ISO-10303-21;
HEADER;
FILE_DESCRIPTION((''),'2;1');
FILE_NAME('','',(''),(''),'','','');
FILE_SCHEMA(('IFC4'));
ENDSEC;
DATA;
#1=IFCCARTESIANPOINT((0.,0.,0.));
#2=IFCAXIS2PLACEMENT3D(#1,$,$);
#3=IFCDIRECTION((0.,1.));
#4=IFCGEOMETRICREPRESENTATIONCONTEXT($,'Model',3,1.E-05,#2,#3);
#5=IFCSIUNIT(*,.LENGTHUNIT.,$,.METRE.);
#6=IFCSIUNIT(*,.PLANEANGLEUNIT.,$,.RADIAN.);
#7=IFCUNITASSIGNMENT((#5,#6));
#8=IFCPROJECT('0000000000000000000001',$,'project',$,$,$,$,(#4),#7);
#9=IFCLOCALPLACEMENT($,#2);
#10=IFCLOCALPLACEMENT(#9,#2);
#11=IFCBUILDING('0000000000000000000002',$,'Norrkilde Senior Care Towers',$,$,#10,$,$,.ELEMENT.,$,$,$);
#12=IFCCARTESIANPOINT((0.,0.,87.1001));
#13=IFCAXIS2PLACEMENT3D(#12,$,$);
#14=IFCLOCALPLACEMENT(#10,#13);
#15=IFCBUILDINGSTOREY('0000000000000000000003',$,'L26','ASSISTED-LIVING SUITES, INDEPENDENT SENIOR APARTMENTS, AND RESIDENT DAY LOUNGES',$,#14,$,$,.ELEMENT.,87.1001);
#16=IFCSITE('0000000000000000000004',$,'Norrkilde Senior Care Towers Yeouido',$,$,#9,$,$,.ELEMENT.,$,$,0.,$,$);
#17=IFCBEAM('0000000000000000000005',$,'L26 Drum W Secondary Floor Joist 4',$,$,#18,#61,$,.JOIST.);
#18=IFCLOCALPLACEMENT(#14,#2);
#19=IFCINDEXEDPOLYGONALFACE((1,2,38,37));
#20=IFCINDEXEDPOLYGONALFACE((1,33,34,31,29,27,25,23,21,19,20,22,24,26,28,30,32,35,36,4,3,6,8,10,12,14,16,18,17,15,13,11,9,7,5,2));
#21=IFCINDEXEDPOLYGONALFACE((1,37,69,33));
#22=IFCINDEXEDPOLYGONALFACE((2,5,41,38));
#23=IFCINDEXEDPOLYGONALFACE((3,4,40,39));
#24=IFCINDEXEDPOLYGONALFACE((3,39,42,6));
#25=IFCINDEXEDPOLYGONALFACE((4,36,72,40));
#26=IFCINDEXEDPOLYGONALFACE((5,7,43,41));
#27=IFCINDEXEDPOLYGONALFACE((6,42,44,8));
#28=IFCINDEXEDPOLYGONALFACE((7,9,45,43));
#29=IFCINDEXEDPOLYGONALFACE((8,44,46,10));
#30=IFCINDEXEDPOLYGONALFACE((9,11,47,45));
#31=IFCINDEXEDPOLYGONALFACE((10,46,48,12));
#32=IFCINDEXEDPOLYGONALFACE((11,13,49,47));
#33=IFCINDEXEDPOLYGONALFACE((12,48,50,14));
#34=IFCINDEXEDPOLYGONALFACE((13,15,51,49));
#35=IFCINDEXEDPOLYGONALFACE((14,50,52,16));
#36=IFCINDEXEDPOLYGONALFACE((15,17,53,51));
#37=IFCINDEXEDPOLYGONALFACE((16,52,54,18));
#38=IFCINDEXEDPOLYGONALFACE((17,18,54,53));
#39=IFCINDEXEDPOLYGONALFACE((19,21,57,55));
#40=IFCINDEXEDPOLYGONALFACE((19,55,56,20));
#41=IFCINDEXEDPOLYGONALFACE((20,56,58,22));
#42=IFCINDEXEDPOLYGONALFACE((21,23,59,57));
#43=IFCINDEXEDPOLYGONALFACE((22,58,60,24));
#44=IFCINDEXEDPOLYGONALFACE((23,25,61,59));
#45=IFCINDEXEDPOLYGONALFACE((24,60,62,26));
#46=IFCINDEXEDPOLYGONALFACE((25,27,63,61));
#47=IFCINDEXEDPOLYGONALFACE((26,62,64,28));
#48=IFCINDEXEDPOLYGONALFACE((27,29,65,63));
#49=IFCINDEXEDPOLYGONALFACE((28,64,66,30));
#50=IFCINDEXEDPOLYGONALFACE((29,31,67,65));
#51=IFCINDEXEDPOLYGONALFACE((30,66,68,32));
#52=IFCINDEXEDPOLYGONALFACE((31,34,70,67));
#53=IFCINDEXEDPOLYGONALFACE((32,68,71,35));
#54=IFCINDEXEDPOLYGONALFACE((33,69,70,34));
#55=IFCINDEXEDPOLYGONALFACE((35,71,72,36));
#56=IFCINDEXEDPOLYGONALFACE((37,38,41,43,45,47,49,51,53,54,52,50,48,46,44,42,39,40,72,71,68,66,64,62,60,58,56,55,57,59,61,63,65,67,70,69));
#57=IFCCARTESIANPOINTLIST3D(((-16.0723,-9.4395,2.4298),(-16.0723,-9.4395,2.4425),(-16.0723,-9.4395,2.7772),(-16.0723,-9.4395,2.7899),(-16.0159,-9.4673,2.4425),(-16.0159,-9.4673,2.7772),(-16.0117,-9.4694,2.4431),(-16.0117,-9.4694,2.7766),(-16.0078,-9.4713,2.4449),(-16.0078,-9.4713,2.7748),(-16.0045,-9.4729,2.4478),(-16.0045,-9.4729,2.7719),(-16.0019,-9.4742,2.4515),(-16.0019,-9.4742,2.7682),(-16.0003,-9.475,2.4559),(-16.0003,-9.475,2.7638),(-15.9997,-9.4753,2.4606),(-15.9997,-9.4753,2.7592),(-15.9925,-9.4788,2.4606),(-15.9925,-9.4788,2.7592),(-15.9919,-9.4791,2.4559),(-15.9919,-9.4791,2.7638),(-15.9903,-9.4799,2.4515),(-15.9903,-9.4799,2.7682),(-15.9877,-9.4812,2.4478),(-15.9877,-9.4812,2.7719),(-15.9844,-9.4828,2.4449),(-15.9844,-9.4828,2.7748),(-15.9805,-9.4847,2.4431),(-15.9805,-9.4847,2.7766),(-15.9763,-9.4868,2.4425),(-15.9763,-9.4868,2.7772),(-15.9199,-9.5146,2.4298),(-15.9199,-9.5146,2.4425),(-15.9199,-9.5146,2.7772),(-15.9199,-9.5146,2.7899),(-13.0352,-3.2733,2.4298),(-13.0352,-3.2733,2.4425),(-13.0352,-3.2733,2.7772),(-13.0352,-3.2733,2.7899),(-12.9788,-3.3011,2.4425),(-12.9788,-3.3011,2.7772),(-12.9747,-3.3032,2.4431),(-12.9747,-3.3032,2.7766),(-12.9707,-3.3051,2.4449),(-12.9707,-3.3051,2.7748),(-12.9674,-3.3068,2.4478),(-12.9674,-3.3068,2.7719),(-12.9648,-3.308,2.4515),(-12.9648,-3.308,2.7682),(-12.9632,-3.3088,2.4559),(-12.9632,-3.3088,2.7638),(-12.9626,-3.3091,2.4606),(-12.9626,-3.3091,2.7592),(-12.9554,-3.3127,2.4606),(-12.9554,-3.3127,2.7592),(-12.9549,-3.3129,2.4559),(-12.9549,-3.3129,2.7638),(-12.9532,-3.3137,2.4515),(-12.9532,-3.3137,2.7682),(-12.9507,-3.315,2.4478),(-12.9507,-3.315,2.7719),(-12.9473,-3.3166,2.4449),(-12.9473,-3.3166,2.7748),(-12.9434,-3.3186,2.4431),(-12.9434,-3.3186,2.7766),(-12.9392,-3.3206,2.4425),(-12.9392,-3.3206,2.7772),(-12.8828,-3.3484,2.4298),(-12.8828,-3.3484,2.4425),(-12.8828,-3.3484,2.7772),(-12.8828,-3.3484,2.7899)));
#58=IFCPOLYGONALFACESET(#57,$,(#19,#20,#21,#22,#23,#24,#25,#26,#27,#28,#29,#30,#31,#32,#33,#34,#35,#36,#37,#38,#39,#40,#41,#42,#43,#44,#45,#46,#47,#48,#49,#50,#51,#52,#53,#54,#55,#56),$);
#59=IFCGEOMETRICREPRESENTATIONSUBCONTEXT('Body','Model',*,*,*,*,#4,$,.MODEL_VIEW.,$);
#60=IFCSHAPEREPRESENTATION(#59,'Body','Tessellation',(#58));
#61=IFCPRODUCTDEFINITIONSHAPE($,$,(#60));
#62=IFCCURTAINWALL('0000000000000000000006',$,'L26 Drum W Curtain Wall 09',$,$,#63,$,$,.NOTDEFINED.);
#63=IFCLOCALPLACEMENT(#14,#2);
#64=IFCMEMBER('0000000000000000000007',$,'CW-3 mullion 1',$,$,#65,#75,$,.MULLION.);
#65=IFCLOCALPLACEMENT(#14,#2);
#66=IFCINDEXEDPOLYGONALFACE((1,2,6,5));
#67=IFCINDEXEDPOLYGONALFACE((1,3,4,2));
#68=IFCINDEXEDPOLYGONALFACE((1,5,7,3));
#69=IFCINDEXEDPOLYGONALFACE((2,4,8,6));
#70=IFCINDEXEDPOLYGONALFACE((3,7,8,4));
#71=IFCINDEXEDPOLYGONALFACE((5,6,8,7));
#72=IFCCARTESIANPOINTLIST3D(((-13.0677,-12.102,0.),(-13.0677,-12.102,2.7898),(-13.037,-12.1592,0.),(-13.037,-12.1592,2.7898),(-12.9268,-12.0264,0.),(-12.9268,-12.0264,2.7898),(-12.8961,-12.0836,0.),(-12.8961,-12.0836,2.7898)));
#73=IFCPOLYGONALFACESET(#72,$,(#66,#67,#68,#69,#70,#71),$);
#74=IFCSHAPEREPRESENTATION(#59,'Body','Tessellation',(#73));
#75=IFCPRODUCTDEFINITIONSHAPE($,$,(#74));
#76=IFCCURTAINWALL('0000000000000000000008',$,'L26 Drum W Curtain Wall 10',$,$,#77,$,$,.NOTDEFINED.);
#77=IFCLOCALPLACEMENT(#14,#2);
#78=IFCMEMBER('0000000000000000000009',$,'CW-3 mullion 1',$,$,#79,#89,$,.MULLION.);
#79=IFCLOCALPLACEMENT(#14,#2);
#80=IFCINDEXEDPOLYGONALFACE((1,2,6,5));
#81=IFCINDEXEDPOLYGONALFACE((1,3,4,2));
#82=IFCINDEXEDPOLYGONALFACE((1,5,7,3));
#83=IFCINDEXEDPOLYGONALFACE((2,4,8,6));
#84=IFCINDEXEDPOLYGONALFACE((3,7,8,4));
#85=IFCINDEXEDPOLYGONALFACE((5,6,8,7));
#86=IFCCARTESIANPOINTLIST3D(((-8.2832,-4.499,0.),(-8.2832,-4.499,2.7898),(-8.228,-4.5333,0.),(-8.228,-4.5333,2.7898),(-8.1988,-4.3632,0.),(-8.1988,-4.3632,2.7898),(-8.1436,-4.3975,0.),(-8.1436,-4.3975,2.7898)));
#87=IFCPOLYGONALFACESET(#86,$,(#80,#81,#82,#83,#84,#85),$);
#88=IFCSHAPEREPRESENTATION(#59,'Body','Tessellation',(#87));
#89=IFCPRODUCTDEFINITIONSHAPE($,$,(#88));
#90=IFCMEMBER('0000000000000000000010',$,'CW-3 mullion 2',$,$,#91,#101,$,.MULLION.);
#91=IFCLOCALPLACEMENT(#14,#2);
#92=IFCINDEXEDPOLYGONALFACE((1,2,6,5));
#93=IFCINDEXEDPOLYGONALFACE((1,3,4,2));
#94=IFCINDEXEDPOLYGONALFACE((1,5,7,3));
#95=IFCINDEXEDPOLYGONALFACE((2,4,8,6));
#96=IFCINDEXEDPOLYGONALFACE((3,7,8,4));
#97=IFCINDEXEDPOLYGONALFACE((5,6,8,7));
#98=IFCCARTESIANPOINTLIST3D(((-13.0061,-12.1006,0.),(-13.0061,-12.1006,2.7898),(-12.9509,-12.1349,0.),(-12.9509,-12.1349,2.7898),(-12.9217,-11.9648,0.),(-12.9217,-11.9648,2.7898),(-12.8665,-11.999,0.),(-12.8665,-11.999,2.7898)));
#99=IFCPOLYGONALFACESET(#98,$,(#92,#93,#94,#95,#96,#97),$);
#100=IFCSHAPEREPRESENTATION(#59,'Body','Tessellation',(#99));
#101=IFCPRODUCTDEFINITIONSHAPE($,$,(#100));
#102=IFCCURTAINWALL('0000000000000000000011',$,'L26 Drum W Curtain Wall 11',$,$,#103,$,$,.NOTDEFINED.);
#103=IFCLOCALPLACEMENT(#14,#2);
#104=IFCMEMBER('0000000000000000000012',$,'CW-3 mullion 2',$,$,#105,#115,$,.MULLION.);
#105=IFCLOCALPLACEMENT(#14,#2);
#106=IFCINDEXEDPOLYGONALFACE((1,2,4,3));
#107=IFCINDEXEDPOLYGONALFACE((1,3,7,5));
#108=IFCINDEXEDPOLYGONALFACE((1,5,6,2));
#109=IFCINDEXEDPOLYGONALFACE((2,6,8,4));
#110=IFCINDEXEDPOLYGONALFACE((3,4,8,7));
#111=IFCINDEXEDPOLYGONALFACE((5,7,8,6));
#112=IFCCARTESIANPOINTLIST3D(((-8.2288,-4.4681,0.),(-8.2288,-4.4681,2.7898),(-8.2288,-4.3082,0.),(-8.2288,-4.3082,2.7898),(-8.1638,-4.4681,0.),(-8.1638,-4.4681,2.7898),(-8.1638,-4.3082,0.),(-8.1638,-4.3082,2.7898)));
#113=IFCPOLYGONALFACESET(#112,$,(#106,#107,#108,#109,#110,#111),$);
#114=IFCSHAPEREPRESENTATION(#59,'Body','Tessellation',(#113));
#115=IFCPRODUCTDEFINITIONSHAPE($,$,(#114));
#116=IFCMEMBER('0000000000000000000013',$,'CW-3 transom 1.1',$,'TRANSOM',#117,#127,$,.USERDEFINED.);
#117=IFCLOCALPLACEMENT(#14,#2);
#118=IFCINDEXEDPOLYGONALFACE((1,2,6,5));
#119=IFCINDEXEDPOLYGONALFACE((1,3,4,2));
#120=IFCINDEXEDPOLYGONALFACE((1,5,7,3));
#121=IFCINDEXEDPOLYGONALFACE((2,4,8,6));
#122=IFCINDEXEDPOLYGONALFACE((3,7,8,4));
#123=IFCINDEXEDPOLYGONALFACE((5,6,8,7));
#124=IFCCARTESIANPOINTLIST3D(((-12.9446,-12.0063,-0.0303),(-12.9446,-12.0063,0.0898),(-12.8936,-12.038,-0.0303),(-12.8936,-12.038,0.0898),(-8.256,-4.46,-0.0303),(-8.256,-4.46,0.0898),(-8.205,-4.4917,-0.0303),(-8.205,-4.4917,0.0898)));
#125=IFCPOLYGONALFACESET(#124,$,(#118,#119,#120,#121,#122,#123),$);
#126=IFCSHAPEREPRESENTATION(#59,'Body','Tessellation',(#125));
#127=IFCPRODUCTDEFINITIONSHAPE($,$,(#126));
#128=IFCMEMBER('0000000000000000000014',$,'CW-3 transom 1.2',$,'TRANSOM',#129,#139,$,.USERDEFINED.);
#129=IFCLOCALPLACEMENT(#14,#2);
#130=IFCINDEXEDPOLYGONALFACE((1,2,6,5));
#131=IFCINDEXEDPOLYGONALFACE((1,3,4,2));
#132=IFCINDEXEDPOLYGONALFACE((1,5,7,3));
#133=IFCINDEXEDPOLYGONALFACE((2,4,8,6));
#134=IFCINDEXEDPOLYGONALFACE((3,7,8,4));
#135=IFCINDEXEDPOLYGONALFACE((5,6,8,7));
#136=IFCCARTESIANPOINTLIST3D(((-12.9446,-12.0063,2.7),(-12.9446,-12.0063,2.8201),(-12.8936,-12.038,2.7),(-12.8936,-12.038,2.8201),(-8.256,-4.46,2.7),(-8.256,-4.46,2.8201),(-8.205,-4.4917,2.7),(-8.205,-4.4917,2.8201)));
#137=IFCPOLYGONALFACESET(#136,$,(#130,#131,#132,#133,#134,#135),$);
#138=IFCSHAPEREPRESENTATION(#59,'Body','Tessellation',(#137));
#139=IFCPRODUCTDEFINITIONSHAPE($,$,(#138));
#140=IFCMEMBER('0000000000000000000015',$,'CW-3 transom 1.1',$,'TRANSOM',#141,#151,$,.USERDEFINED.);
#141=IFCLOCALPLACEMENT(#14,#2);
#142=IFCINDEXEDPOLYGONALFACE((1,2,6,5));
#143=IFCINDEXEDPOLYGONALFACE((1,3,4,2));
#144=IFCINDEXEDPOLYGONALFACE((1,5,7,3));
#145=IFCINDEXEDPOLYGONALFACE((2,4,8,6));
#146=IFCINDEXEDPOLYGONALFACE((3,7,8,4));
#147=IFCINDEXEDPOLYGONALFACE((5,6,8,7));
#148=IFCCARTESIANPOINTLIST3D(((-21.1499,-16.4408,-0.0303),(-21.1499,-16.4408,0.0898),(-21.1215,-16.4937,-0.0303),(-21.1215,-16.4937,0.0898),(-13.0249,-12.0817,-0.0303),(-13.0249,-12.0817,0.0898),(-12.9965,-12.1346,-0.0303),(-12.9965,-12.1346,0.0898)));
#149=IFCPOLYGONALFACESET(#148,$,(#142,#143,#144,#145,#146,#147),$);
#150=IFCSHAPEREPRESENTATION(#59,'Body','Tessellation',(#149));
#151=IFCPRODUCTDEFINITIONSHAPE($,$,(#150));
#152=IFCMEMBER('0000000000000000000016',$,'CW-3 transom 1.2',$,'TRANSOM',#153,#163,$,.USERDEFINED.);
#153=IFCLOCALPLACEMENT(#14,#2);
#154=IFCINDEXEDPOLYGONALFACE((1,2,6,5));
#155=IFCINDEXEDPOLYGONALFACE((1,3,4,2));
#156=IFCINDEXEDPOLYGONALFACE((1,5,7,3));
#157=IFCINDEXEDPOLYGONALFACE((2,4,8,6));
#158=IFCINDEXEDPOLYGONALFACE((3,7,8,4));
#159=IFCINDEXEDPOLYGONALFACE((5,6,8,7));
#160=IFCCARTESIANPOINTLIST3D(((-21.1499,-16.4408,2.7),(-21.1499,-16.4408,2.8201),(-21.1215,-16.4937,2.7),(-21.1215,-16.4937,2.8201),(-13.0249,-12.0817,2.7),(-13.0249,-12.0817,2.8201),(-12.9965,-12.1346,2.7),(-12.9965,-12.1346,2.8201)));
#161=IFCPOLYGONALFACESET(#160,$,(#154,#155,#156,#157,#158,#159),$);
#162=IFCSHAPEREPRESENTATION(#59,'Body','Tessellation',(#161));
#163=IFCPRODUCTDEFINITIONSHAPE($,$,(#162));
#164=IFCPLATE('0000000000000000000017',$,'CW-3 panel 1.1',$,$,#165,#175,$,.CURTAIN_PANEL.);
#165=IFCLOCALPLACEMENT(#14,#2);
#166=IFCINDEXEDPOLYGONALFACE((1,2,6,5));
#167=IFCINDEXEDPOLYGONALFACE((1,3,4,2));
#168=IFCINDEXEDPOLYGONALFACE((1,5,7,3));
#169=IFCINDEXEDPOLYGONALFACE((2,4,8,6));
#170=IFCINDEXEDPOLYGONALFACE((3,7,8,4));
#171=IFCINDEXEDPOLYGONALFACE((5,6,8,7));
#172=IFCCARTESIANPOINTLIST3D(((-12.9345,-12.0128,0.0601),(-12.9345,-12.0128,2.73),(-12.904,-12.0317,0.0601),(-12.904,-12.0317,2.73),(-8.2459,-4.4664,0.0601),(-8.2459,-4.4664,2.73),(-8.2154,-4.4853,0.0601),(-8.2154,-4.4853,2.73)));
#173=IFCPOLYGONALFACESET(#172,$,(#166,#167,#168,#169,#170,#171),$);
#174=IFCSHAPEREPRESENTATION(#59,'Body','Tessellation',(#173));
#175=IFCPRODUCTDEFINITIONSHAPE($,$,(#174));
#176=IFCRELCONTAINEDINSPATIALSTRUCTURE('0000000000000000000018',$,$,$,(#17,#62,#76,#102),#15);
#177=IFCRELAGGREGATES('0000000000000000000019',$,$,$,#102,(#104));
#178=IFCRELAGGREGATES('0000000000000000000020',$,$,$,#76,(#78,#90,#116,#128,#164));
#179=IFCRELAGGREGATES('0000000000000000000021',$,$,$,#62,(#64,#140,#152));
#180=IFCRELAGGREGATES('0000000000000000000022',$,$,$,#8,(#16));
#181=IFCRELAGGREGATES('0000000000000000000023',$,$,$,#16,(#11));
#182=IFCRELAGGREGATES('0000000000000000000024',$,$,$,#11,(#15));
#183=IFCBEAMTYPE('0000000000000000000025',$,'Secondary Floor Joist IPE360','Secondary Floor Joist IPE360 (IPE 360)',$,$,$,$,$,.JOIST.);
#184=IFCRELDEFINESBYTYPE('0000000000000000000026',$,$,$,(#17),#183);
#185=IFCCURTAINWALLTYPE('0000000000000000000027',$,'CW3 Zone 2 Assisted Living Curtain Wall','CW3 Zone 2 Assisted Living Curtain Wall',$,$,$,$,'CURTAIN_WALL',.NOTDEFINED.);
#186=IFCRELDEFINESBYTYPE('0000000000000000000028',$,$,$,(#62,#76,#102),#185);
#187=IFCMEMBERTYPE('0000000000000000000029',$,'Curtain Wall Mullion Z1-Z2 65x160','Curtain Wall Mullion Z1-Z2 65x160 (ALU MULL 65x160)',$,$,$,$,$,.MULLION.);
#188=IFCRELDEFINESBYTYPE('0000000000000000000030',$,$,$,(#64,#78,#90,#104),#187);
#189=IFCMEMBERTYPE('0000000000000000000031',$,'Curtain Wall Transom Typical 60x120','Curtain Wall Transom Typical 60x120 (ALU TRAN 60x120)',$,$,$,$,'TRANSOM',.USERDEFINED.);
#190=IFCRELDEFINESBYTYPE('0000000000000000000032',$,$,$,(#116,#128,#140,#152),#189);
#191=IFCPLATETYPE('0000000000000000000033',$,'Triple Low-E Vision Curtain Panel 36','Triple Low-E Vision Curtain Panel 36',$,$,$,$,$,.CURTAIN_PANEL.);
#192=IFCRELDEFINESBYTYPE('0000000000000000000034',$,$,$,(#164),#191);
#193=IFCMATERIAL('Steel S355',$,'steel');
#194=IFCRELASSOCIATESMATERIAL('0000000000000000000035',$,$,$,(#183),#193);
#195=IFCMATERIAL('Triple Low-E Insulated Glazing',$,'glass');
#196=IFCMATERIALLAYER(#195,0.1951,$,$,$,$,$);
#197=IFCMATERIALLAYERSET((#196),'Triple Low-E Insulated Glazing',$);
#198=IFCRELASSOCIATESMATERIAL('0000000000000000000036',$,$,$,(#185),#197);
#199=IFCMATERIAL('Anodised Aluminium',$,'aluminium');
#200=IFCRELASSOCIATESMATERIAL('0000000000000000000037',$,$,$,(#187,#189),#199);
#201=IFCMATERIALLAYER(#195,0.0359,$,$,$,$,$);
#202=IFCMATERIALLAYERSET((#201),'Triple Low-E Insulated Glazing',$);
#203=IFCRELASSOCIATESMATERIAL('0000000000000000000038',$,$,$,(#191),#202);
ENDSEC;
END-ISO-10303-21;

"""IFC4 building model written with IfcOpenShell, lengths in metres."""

from ifc_helpers import new_model, si_unit, direction, frame, origin, origin_2d, place, context, subcontext, project, spatial, rectangle, i_section, extrude, source, transform, mapped, material, layer, layer_set, material_profile, profile_set, type_object, type_shapes, element, aggregate, save


model = new_model("IFC4")

# Units and contexts
model_context = context("Model", 3, precision=1e-05, world=origin(), true_north=direction((0.0, 1.0)))
body_context = subcontext(model_context, "Body", "Model", "MODEL_VIEW")
ifc_project = project(units=[si_unit("LENGTHUNIT", "METRE"), si_unit("PLANEANGLEUNIT", "RADIAN")], contexts=[model_context])

# Site, building, storey
site_placement = place(None, origin())
site = spatial("IfcSite", under=ifc_project, at=site_placement, Name="Norrkilde Senior Care Towers Yeouido", CompositionType="ELEMENT", RefElevation=0.0)
building_placement = place(site_placement, origin())
building = spatial("IfcBuilding", under=site, at=building_placement, Name="Norrkilde Senior Care Towers", CompositionType="ELEMENT")
storey_placement = place(building_placement, frame((0.0, 0.0, 87.1001)))
storey = spatial("IfcBuildingStorey", under=building, at=storey_placement, Name="L26", Description="ASSISTED-LIVING SUITES, INDEPENDENT SENIOR APARTMENTS, AND RESIDENT DAY LOUNGES", CompositionType="ELEMENT", Elevation=87.1001)

# Beam
ifc_material_1 = material(Name="Steel S355", Category="steel")
ifc_material_profile_1 = material_profile(ifc_material_1, i_section(OverallWidth=0.1699, OverallDepth=0.3601, WebThickness=0.0081, FlangeThickness=0.0127, FilletRadius=0.0181, at=origin_2d()), Name="IPE 360")
ifc_profile_set_1 = profile_set([ifc_material_profile_1], Name="Steel S355")
beam_type_1 = type_object("IfcBeamType", Name="Secondary Floor Joist IPE360", Description="Secondary Floor Joist IPE360 (IPE 360)", PredefinedType="JOIST", material=ifc_profile_set_1)
shared_shape_1 = source(origin(), body_context, "Body", "SweptSolid", [
    extrude(i_section(OverallWidth=0.1699, OverallDepth=0.3601, WebThickness=0.0081, FlangeThickness=0.0127, FilletRadius=0.0181, at=origin_2d()), origin(), (0.0, 0.0, 1.0), 6.8735),
])
type_shapes(beam_type_1, [shared_shape_1])
beam_1_placement = place(storey_placement, frame((-15.9961, -9.4771, 2.6099), z_axis=(0.441849, 0.897089, 0.0), x_axis=(-0.897089, 0.441849, 0.0)))
element("IfcBeam", 1, at=beam_1_placement, inside=storey, type_object=beam_type_1, Name="L26 Drum W Secondary Floor Joist 4", PredefinedType="JOIST", context=body_context, shape_type="MappedRepresentation", body=[
    mapped(shared_shape_1, transform((0.0, 0.0, 0.0), x_axis=(1.0, 0.0, 0.0), y_axis=(0.0, 1.0, 0.0), z_axis=(0.0, 0.0, 1.0), scale=1.0)),
])

# Curtain wall, member
ifc_material_2 = material(Name="Triple Low-E Insulated Glazing", Category="glass")
ifc_layer_1 = layer(ifc_material_2, 0.1951)
ifc_layer_set_1 = layer_set([ifc_layer_1], Name="Triple Low-E Insulated Glazing")
curtain_wall_type = type_object("IfcCurtainWallType", Name="CW3 Zone 2 Assisted Living Curtain Wall", Description="CW3 Zone 2 Assisted Living Curtain Wall", ElementType="CURTAIN_WALL", PredefinedType="NOTDEFINED", material=ifc_layer_set_1)
curtain_wall_1_placement = place(storey_placement, origin())
curtain_wall_1 = element("IfcCurtainWall", 2, at=curtain_wall_1_placement, inside=storey, type_object=curtain_wall_type, Name="L26 Drum W Curtain Wall 09", PredefinedType="NOTDEFINED")
ifc_material_3 = material(Name="Anodised Aluminium", Category="aluminium")
ifc_material_profile_2 = material_profile(ifc_material_3, rectangle(XDim=0.0649, YDim=0.1599, at=origin_2d()), Name="ALU MULL 65x160")
ifc_profile_set_2 = profile_set([ifc_material_profile_2], Name="Anodised Aluminium")
member_type_1 = type_object("IfcMemberType", Name="Curtain Wall Mullion Z1-Z2 65x160", Description="Curtain Wall Mullion Z1-Z2 65x160 (ALU MULL 65x160)", PredefinedType="MULLION", material=ifc_profile_set_2)
shared_shape_2 = source(origin(), body_context, "Body", "SweptSolid", [
    extrude(rectangle(XDim=0.0649, YDim=0.1599, at=origin_2d()), origin(), (0.0, 0.0, 1.0), 2.7898),
])
type_shapes(member_type_1, [shared_shape_2])
member_1_placement = place(storey_placement, frame((-12.9819, -12.0928, 0.0), z_axis=(0.0, 0.0, 1.0), x_axis=(0.472769, -0.881186, 0.0)))
member_1 = element("IfcMember", 3, at=member_1_placement, type_object=member_type_1, Name="CW-3 mullion 1", PredefinedType="MULLION", context=body_context, shape_type="MappedRepresentation", body=[
    mapped(shared_shape_2, transform((0.0, 0.0, 0.0), x_axis=(1.0, 0.0, 0.0), y_axis=(0.0, 1.0, 0.0), z_axis=(0.0, 0.0, 1.0), scale=1.0)),
])

# Curtain wall, members
curtain_wall_2_placement = place(storey_placement, origin())
curtain_wall_2 = element("IfcCurtainWall", 4, at=curtain_wall_2_placement, inside=storey, type_object=curtain_wall_type, Name="L26 Drum W Curtain Wall 10", PredefinedType="NOTDEFINED")
member_2_placement = place(storey_placement, frame((-8.2134, -4.4482, 0.0), z_axis=(0.0, 0.0, 1.0), x_axis=(0.84941, -0.527733, 0.0)))
member_2 = element("IfcMember", 5, at=member_2_placement, type_object=member_type_1, Name="CW-3 mullion 1", PredefinedType="MULLION", context=body_context, shape_type="MappedRepresentation", body=[
    mapped(shared_shape_2, transform((0.0, 0.0, 0.0), x_axis=(1.0, 0.0, 0.0), y_axis=(0.0, 1.0, 0.0), z_axis=(0.0, 0.0, 1.0), scale=1.0)),
])
member_3_placement = place(storey_placement, frame((-12.9363, -12.0498, 0.0), z_axis=(0.0, 0.0, 1.0), x_axis=(0.84941, -0.527733, 0.0)))
member_3 = element("IfcMember", 6, at=member_3_placement, type_object=member_type_1, Name="CW-3 mullion 2", PredefinedType="MULLION", context=body_context, shape_type="MappedRepresentation", body=[
    mapped(shared_shape_2, transform((0.0, 0.0, 0.0), x_axis=(1.0, 0.0, 0.0), y_axis=(0.0, 1.0, 0.0), z_axis=(0.0, 0.0, 1.0), scale=1.0)),
])

# Curtain wall, member
curtain_wall_3_placement = place(storey_placement, origin())
curtain_wall_3 = element("IfcCurtainWall", 7, at=curtain_wall_3_placement, inside=storey, type_object=curtain_wall_type, Name="L26 Drum W Curtain Wall 11", PredefinedType="NOTDEFINED")
member_4_placement = place(storey_placement, frame((-8.1963, -4.3882, 0.0), z_axis=(0.0, 0.0, 1.0), x_axis=(1.0, 0.0, 0.0)))
member_4 = element("IfcMember", 8, at=member_4_placement, type_object=member_type_1, Name="CW-3 mullion 2", PredefinedType="MULLION", context=body_context, shape_type="MappedRepresentation", body=[
    mapped(shared_shape_2, transform((0.0, 0.0, 0.0), x_axis=(1.0, 0.0, 0.0), y_axis=(0.0, 1.0, 0.0), z_axis=(0.0, 0.0, 1.0), scale=1.0)),
])
aggregate(curtain_wall_3, [member_4])

# Members
ifc_material_profile_3 = material_profile(ifc_material_3, rectangle(XDim=0.0601, YDim=0.1201, at=origin_2d()), Name="ALU TRAN 60x120")
ifc_profile_set_3 = profile_set([ifc_material_profile_3], Name="Anodised Aluminium")
member_type_2 = type_object("IfcMemberType", Name="Curtain Wall Transom Typical 60x120", Description="Curtain Wall Transom Typical 60x120 (ALU TRAN 60x120)", ElementType="TRANSOM", PredefinedType="USERDEFINED", material=ifc_profile_set_3)
shared_shape_3 = source(origin(), body_context, "Body", "SweptSolid", [
    extrude(rectangle(XDim=0.0601, YDim=0.1201, at=origin_2d()), origin(), (0.0, 0.0, 1.0), 8.8843),
])
member_5_placement = place(storey_placement, frame((-8.2305, -4.4758, 0.0298), z_axis=(-0.527749, -0.8494, 0.0), x_axis=(0.8494, -0.527749, 0.0)))
member_5 = element("IfcMember", 9, at=member_5_placement, type_object=member_type_2, Name="CW-3 transom 1.1", ObjectType="TRANSOM", PredefinedType="USERDEFINED", context=body_context, shape_type="MappedRepresentation", body=[
    mapped(shared_shape_3, transform((0.0, 0.0, 0.0), x_axis=(1.0, 0.0, 0.0), y_axis=(0.0, 1.0, 0.0), z_axis=(0.0, 0.0, 1.0), scale=1.0)),
])
member_6_placement = place(storey_placement, frame((-8.2305, -4.4758, 2.76), z_axis=(-0.527749, -0.8494, 0.0), x_axis=(0.8494, -0.527749, 0.0)))
member_6 = element("IfcMember", 10, at=member_6_placement, type_object=member_type_2, Name="CW-3 transom 1.2", ObjectType="TRANSOM", PredefinedType="USERDEFINED", context=body_context, shape_type="MappedRepresentation", body=[
    mapped(shared_shape_3, transform((0.0, 0.0, 0.0), x_axis=(1.0, 0.0, 0.0), y_axis=(0.0, 1.0, 0.0), z_axis=(0.0, 0.0, 1.0), scale=1.0)),
])
shared_shape_4 = source(origin(), body_context, "Body", "SweptSolid", [
    extrude(rectangle(XDim=0.0601, YDim=0.1201, at=origin_2d()), origin(), (0.0, 0.0, 1.0), 9.2205),
])
type_shapes(member_type_2, [shared_shape_3, shared_shape_4])
member_7_placement = place(storey_placement, frame((-13.0107, -12.1082, 0.0298), z_axis=(-0.881189, -0.472765, 0.0), x_axis=(0.472765, -0.881189, 0.0)))
member_7 = element("IfcMember", 11, at=member_7_placement, type_object=member_type_2, Name="CW-3 transom 1.1", ObjectType="TRANSOM", PredefinedType="USERDEFINED", context=body_context, shape_type="MappedRepresentation", body=[
    mapped(shared_shape_4, transform((0.0, 0.0, 0.0), x_axis=(1.0, 0.0, 0.0), y_axis=(0.0, 1.0, 0.0), z_axis=(0.0, 0.0, 1.0), scale=1.0)),
])
member_8_placement = place(storey_placement, frame((-13.0107, -12.1082, 2.76), z_axis=(-0.881189, -0.472765, 0.0), x_axis=(0.472765, -0.881189, 0.0)))
member_8 = element("IfcMember", 12, at=member_8_placement, type_object=member_type_2, Name="CW-3 transom 1.2", ObjectType="TRANSOM", PredefinedType="USERDEFINED", context=body_context, shape_type="MappedRepresentation", body=[
    mapped(shared_shape_4, transform((0.0, 0.0, 0.0), x_axis=(1.0, 0.0, 0.0), y_axis=(0.0, 1.0, 0.0), z_axis=(0.0, 0.0, 1.0), scale=1.0)),
])

# Plate
ifc_layer_2 = layer(ifc_material_2, 0.0359)
ifc_layer_set_2 = layer_set([ifc_layer_2], Name="Triple Low-E Insulated Glazing")
plate_type = type_object("IfcPlateType", Name="Triple Low-E Vision Curtain Panel 36", Description="Triple Low-E Vision Curtain Panel 36", PredefinedType="CURTAIN_PANEL", material=ifc_layer_set_2)
shared_shape_5 = source(origin(), body_context, "Body", "SweptSolid", [
    extrude(rectangle(XDim=8.8843, YDim=0.0359, at=origin_2d()), origin(), (0.0, 0.0, 1.0), 2.6699),
])
plate_1_placement = place(storey_placement, frame((-10.575, -8.249, 0.0601), z_axis=(0.0, 0.0, 1.0), x_axis=(-0.527733, -0.84941, 0.0)))
plate_1 = element("IfcPlate", 13, at=plate_1_placement, type_object=plate_type, Name="CW-3 panel 1.1", PredefinedType="CURTAIN_PANEL", context=body_context, shape_type="MappedRepresentation", body=[
    mapped(shared_shape_5, transform((0.0, 0.0, 0.0), x_axis=(1.0, 0.0, 0.0), y_axis=(0.0, 1.0, 0.0), z_axis=(0.0, 0.0, 1.0), scale=1.0)),
])
aggregate(curtain_wall_2, [member_2, member_3, member_5, member_6, plate_1])
aggregate(curtain_wall_1, [member_1, member_7, member_8])

save(model, "model.ifc")
